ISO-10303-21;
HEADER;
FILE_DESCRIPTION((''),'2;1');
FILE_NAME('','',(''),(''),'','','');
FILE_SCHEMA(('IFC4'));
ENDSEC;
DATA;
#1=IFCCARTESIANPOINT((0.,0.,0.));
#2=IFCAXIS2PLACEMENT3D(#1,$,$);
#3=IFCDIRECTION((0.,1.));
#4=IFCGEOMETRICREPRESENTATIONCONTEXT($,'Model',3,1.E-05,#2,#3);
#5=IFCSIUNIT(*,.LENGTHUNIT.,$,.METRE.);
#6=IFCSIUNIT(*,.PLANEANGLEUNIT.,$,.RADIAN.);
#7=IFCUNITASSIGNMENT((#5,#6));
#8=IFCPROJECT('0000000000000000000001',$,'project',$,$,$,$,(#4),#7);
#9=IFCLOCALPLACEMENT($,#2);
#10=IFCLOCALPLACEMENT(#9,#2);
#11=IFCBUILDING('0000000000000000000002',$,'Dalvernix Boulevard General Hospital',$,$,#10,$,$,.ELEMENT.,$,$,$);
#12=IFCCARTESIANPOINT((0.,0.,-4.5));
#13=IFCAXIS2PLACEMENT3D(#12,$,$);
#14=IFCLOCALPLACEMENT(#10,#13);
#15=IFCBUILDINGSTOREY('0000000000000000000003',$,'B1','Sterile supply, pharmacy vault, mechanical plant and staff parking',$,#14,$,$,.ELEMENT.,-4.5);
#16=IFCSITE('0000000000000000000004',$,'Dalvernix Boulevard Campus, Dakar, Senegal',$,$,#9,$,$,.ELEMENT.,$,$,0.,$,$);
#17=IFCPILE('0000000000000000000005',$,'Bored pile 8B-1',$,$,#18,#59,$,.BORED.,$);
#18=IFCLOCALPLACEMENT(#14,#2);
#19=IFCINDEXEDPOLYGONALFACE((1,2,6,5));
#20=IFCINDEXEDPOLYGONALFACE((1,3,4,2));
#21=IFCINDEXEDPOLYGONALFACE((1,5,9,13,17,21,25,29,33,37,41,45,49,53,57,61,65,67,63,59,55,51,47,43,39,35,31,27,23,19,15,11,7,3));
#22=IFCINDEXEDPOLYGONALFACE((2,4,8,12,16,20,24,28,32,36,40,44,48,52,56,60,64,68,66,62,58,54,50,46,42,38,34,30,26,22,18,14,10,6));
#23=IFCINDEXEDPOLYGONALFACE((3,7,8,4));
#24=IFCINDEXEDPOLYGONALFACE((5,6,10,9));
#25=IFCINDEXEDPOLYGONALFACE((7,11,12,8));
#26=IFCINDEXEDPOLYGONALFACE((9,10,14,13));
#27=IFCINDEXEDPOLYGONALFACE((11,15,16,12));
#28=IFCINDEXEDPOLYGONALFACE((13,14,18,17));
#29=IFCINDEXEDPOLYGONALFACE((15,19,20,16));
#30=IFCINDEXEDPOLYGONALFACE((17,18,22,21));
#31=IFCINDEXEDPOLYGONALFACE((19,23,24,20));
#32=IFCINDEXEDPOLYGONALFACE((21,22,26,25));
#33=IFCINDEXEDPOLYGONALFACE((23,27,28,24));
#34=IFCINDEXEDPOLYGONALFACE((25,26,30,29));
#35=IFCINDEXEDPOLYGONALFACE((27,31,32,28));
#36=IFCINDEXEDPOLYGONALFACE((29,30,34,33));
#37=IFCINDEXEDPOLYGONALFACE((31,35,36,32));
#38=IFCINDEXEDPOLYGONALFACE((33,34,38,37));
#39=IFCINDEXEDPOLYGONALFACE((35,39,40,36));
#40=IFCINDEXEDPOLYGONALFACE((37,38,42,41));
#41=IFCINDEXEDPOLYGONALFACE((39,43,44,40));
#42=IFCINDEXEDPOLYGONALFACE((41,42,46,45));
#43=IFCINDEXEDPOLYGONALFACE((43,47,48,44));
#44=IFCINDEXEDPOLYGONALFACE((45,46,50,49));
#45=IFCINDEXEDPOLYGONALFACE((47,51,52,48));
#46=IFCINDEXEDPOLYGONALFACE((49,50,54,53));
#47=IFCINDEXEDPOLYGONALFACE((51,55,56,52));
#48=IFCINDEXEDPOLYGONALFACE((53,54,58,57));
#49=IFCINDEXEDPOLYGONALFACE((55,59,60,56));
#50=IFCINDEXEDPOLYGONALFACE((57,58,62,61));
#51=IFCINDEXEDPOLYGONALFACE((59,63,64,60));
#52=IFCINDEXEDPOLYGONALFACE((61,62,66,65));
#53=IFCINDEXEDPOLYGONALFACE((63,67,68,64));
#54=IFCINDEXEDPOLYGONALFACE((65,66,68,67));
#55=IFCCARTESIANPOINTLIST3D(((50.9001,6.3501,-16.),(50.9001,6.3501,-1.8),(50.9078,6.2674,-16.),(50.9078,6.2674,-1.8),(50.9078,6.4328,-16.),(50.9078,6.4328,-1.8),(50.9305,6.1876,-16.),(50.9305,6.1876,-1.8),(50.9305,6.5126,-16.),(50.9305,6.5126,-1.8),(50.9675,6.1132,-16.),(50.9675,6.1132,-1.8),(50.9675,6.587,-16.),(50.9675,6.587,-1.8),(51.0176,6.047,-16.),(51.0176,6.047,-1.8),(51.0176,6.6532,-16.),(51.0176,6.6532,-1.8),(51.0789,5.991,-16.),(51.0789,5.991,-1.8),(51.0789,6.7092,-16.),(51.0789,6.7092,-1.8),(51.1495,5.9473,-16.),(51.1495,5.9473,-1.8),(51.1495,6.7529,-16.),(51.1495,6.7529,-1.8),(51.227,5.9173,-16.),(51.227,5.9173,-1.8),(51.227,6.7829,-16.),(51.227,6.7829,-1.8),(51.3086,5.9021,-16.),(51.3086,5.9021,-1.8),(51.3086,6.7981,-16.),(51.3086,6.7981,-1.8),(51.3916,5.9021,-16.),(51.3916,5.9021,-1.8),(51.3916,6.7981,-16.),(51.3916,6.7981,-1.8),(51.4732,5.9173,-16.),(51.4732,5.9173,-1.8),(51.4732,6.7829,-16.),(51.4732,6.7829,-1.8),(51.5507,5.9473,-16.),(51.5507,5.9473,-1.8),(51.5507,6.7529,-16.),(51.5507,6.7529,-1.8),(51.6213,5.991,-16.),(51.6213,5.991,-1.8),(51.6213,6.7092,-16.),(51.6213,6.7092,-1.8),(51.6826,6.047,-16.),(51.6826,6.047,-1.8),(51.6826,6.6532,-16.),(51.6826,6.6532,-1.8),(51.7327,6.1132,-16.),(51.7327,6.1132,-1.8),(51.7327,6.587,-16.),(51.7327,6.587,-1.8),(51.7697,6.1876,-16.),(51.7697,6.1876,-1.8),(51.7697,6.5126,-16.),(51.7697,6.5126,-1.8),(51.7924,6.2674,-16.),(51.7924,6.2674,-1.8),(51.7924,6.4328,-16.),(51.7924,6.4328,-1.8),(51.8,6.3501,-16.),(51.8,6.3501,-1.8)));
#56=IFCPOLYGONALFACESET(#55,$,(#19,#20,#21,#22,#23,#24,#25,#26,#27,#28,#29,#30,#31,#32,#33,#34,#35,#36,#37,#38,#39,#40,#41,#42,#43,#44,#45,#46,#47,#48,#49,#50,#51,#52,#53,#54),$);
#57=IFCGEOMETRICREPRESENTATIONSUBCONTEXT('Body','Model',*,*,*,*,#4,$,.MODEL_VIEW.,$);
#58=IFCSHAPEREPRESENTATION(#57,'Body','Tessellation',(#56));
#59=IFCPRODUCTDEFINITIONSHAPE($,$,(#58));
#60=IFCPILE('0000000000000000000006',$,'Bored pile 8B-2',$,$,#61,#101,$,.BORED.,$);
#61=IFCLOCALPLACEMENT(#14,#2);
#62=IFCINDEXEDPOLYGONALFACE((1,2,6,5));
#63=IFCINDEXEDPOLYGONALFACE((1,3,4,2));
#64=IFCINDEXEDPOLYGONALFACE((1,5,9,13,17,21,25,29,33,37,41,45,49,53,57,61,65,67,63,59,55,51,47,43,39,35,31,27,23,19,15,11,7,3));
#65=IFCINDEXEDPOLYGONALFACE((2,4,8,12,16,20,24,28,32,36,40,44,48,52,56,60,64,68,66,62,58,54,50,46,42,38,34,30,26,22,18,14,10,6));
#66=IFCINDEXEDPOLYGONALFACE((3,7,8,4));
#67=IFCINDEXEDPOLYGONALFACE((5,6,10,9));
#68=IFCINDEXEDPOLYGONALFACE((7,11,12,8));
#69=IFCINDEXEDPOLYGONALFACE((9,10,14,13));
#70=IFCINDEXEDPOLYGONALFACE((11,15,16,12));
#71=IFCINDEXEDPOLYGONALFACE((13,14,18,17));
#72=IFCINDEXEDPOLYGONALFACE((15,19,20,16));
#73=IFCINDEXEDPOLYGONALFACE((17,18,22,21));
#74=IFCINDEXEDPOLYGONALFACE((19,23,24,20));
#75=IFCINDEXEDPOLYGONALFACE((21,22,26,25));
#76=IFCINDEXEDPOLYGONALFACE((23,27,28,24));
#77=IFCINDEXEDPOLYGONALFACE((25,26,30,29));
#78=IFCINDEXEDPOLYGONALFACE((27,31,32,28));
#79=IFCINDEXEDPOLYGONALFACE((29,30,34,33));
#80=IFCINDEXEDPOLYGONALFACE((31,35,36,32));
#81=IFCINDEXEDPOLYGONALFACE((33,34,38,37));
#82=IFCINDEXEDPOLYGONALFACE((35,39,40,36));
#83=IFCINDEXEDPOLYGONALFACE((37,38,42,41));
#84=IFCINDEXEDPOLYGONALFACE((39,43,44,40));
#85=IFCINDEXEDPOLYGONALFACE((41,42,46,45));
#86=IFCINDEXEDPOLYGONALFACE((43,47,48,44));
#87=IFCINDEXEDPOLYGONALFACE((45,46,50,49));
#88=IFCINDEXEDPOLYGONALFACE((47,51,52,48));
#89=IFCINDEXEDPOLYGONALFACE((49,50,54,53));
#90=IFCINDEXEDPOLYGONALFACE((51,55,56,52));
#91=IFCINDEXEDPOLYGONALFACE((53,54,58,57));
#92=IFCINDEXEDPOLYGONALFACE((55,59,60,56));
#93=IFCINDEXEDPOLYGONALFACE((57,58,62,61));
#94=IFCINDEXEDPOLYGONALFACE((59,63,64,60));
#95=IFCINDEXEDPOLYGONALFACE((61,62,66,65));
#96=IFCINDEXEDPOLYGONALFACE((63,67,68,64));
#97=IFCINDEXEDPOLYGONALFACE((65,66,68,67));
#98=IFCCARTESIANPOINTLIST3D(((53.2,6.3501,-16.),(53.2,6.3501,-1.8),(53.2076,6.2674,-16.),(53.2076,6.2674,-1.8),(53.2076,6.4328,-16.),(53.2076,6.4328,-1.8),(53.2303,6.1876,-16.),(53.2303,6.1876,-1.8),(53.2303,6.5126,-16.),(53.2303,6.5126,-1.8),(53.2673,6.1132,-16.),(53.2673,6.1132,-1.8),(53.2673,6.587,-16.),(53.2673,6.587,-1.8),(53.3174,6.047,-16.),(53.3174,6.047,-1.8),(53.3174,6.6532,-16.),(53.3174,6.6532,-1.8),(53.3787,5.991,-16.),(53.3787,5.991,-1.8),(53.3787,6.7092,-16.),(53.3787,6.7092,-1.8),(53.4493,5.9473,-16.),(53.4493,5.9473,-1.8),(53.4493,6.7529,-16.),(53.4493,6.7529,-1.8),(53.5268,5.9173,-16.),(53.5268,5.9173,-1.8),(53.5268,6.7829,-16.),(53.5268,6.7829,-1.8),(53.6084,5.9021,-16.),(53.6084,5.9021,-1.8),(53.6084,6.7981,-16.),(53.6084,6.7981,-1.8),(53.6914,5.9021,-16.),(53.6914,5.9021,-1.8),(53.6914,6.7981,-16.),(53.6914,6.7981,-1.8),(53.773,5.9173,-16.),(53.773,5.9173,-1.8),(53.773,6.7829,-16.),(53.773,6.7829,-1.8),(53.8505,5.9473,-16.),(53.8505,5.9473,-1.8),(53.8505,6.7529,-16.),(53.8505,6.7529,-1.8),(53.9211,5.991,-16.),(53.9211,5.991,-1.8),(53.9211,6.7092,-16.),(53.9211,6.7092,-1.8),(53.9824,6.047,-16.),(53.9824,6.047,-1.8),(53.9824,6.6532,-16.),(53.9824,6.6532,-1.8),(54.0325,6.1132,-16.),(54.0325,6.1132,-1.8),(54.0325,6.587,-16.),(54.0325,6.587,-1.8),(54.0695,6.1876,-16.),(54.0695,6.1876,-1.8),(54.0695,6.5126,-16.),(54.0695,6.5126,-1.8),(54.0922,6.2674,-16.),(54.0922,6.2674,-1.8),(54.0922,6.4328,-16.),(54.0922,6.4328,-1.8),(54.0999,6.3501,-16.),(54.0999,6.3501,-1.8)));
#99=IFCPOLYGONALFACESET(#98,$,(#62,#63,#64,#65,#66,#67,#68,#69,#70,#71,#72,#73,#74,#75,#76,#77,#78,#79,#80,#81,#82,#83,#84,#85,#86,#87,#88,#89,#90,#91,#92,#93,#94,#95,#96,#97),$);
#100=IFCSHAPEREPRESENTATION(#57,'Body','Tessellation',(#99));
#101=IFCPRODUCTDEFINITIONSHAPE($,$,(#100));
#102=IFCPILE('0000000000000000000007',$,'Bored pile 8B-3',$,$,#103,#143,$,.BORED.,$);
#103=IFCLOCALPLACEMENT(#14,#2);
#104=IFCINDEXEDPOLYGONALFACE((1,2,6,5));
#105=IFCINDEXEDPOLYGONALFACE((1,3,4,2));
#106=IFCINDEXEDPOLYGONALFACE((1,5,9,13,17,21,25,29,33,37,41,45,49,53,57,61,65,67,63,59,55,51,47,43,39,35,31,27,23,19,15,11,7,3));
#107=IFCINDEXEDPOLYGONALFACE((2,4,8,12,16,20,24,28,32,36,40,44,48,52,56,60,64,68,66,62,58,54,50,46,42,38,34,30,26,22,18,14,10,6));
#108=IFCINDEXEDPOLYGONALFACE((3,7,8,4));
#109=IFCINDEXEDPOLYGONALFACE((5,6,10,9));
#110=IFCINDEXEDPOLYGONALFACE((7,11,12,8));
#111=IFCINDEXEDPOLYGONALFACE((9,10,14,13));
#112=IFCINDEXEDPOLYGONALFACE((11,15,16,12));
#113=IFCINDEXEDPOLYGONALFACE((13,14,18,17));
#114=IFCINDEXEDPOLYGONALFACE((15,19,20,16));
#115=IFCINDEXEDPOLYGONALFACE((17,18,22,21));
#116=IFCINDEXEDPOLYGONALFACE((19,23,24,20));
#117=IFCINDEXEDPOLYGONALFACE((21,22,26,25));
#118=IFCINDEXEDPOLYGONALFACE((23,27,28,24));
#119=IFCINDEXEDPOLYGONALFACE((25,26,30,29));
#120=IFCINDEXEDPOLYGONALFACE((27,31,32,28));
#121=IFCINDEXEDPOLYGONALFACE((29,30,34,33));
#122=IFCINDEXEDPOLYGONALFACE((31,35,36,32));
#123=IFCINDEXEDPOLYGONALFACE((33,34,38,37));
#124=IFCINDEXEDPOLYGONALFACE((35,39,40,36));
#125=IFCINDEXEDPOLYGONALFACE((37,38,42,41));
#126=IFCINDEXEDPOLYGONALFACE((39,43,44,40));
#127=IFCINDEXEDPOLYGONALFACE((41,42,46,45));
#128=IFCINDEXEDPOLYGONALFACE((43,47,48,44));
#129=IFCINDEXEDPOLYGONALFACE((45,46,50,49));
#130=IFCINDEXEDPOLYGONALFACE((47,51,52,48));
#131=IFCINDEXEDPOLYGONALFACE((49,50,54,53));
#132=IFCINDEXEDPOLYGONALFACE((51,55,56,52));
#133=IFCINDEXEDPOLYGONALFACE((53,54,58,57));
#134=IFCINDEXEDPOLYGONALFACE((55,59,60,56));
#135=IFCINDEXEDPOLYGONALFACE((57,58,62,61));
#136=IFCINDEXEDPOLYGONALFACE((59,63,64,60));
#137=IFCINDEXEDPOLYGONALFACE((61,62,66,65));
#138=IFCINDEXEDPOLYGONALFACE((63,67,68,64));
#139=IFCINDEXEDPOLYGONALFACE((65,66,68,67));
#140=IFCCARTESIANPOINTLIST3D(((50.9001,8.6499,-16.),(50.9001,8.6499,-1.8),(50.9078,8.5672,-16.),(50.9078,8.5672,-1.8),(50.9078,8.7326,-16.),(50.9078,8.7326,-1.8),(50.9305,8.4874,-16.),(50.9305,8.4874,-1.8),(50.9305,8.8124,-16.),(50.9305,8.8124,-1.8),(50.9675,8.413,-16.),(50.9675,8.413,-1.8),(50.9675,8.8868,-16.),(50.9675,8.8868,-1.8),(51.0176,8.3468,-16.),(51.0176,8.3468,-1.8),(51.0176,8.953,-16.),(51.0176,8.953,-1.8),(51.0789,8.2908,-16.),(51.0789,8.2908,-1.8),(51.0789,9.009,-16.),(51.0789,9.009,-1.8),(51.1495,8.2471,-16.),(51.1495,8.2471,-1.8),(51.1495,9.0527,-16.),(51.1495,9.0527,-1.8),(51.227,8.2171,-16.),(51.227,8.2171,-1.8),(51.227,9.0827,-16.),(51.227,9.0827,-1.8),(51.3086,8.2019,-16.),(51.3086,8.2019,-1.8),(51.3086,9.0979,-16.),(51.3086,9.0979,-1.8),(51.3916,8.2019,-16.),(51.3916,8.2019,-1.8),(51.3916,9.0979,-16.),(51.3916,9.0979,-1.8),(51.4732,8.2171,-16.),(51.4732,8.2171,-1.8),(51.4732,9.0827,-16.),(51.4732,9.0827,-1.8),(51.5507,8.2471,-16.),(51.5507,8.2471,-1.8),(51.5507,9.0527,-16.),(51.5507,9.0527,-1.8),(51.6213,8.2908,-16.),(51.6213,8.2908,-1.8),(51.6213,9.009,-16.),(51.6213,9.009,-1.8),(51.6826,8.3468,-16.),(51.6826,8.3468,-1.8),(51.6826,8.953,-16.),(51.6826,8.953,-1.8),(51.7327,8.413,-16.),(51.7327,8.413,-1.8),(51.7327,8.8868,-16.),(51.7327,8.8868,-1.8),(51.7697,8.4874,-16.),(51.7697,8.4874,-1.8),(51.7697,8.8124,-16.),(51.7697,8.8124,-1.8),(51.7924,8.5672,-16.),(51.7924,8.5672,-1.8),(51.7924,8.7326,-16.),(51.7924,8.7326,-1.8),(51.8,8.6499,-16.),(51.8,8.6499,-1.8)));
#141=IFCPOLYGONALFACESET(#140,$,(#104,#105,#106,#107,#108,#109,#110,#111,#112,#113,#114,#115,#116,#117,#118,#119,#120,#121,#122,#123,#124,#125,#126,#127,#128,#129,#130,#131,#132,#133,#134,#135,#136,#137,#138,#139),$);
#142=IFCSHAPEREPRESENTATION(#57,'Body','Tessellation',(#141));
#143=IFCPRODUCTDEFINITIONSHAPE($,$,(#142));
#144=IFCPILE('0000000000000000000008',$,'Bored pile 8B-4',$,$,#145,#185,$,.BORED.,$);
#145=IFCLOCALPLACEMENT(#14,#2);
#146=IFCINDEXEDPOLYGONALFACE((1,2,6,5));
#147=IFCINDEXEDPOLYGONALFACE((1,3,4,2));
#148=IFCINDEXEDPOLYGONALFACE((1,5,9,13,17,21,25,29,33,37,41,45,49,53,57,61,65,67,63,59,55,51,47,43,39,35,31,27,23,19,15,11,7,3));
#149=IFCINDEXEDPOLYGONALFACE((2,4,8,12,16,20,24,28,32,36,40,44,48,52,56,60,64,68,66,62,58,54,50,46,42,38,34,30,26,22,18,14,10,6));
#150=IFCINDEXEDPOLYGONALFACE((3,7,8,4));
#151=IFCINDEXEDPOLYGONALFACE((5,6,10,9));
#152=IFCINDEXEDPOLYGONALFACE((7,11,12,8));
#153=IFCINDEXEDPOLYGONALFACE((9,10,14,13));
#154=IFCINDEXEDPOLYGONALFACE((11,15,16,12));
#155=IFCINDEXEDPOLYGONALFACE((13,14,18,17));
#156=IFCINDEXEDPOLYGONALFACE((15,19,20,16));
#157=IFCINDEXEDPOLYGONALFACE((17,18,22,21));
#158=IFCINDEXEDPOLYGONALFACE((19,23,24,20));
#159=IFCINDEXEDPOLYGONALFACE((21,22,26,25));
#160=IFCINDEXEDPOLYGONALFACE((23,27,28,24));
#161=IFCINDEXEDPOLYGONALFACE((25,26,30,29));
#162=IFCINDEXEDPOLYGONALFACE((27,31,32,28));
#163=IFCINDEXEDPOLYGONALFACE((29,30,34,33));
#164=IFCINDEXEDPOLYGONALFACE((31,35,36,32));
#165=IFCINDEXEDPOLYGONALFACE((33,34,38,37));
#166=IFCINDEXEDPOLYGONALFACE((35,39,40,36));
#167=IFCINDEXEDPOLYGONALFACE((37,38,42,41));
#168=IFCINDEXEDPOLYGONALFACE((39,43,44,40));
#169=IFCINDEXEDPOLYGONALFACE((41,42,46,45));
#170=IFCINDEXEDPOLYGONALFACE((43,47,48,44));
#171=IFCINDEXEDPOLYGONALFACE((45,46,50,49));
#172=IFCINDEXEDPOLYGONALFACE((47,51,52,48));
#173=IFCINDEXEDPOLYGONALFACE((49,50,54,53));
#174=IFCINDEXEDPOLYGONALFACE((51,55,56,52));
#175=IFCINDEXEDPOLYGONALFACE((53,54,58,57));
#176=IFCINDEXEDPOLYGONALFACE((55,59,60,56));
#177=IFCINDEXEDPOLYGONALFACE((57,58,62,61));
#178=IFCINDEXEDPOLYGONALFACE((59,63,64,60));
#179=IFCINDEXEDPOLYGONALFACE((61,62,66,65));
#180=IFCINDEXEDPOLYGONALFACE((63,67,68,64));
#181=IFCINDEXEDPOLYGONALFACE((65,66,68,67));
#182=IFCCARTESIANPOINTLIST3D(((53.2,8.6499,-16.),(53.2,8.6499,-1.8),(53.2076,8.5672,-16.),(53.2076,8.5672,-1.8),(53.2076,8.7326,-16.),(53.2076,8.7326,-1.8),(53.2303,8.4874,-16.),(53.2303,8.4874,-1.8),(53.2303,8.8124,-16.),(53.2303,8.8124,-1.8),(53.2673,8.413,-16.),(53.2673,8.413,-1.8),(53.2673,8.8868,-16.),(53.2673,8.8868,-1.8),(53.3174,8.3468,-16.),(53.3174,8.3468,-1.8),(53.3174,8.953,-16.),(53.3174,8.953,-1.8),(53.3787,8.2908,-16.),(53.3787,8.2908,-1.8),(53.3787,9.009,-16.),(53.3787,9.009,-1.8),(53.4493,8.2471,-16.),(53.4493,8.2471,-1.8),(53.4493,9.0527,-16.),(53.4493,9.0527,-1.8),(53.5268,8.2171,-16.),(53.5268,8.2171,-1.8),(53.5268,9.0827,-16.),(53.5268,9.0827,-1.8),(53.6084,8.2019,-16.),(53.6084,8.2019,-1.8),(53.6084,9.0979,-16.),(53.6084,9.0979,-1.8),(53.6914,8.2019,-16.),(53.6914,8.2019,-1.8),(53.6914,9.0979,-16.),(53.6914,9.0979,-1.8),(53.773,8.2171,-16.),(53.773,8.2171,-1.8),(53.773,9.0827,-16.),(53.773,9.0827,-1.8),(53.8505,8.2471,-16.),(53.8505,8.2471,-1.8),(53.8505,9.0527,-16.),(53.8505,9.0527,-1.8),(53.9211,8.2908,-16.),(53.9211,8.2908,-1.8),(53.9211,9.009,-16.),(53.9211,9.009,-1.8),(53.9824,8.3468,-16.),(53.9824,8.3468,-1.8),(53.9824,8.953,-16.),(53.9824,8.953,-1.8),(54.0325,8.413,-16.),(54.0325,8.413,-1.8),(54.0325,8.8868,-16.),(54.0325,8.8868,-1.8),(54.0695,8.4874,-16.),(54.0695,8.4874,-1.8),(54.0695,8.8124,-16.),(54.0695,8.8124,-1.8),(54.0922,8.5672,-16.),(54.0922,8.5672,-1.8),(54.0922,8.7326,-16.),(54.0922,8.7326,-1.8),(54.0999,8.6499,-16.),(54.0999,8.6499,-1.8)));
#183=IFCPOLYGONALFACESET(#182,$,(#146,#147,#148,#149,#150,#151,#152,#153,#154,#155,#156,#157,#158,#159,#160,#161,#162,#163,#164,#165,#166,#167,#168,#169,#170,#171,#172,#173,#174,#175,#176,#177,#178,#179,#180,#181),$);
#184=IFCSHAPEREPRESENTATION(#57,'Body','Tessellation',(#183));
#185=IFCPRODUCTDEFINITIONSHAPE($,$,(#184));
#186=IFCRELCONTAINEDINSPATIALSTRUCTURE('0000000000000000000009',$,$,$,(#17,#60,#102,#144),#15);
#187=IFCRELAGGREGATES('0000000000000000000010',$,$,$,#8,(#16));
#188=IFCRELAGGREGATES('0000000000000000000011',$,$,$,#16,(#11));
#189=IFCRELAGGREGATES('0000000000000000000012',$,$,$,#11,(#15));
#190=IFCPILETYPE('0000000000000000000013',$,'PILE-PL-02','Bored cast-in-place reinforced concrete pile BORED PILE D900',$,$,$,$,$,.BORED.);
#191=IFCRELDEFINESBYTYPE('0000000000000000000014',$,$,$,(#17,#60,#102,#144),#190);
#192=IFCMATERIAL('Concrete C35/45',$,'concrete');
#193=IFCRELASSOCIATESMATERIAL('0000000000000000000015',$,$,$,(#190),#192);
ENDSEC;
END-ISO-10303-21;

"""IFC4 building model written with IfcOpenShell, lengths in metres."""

from ifc_helpers import new_model, si_unit, direction, frame, origin, origin_2d, place, context, subcontext, project, spatial, circle, extrude, material, material_profile, profile_set, type_object, element, save


model = new_model("IFC4")

# Units and contexts
model_context = context("Model", 3, precision=1e-05, world=origin(), true_north=direction((0.0, 1.0)))
body_context = subcontext(model_context, "Body", "Model", "MODEL_VIEW")
ifc_project = project(units=[si_unit("LENGTHUNIT", "METRE"), si_unit("PLANEANGLEUNIT", "RADIAN")], contexts=[model_context])

# Site, building, storey
site_placement = place(None, origin())
site = spatial("IfcSite", under=ifc_project, at=site_placement, Name="Dalvernix Boulevard Campus, Dakar, Senegal", CompositionType="ELEMENT", RefElevation=0.0)
building_placement = place(site_placement, origin())
building = spatial("IfcBuilding", under=site, at=building_placement, Name="Dalvernix Boulevard General Hospital", CompositionType="ELEMENT")
storey_placement = place(building_placement, frame((0.0, 0.0, -4.5)))
storey = spatial("IfcBuildingStorey", under=building, at=storey_placement, Name="B1", Description="Sterile supply, pharmacy vault, mechanical plant and staff parking", CompositionType="ELEMENT", Elevation=-4.5)

# Shared definitions
ifc_material_1 = material(Name="Concrete C35/45", Category="concrete")

# Piles
ifc_material_profile_1 = material_profile(ifc_material_1, circle(Radius=0.45, at=origin_2d()), Name="BORED PILE D900")
ifc_profile_set_1 = profile_set([ifc_material_profile_1], Name="Concrete C35/45")
pile_type = type_object("IfcPileType", Name="PILE-PL-02", Description="Bored cast-in-place reinforced concrete pile BORED PILE D900", PredefinedType="BORED", material=ifc_profile_set_1)
for number, where, z_axis, x_axis, name in (
    (1, (51.3501, 6.3501, -1.8), (0.0, 0.0, -1.0), (1.0, 0.0, 0.0), "Bored pile 8B-1"),
    (2, (53.6499, 6.3501, -1.8), (0.0, 0.0, -1.0), (1.0, 0.0, 0.0), "Bored pile 8B-2"),
    (3, (51.3501, 8.6499, -1.8), (0.0, 0.0, -1.0), (1.0, 0.0, 0.0), "Bored pile 8B-3"),
    (4, (53.6499, 8.6499, -1.8), (0.0, 0.0, -1.0), (1.0, 0.0, 0.0), "Bored pile 8B-4"),
):
    element("IfcPile", number, at=place(storey_placement, frame(where, z_axis=z_axis, x_axis=x_axis)), inside=storey, type_object=pile_type, Name=name, PredefinedType="BORED", context=body_context, shape_type="SweptSolid", body=[
        extrude(circle(Radius=0.45, at=origin_2d()), origin(), (0.0, 0.0, 1.0), 14.2),
    ])

save(model, "model.ifc")
